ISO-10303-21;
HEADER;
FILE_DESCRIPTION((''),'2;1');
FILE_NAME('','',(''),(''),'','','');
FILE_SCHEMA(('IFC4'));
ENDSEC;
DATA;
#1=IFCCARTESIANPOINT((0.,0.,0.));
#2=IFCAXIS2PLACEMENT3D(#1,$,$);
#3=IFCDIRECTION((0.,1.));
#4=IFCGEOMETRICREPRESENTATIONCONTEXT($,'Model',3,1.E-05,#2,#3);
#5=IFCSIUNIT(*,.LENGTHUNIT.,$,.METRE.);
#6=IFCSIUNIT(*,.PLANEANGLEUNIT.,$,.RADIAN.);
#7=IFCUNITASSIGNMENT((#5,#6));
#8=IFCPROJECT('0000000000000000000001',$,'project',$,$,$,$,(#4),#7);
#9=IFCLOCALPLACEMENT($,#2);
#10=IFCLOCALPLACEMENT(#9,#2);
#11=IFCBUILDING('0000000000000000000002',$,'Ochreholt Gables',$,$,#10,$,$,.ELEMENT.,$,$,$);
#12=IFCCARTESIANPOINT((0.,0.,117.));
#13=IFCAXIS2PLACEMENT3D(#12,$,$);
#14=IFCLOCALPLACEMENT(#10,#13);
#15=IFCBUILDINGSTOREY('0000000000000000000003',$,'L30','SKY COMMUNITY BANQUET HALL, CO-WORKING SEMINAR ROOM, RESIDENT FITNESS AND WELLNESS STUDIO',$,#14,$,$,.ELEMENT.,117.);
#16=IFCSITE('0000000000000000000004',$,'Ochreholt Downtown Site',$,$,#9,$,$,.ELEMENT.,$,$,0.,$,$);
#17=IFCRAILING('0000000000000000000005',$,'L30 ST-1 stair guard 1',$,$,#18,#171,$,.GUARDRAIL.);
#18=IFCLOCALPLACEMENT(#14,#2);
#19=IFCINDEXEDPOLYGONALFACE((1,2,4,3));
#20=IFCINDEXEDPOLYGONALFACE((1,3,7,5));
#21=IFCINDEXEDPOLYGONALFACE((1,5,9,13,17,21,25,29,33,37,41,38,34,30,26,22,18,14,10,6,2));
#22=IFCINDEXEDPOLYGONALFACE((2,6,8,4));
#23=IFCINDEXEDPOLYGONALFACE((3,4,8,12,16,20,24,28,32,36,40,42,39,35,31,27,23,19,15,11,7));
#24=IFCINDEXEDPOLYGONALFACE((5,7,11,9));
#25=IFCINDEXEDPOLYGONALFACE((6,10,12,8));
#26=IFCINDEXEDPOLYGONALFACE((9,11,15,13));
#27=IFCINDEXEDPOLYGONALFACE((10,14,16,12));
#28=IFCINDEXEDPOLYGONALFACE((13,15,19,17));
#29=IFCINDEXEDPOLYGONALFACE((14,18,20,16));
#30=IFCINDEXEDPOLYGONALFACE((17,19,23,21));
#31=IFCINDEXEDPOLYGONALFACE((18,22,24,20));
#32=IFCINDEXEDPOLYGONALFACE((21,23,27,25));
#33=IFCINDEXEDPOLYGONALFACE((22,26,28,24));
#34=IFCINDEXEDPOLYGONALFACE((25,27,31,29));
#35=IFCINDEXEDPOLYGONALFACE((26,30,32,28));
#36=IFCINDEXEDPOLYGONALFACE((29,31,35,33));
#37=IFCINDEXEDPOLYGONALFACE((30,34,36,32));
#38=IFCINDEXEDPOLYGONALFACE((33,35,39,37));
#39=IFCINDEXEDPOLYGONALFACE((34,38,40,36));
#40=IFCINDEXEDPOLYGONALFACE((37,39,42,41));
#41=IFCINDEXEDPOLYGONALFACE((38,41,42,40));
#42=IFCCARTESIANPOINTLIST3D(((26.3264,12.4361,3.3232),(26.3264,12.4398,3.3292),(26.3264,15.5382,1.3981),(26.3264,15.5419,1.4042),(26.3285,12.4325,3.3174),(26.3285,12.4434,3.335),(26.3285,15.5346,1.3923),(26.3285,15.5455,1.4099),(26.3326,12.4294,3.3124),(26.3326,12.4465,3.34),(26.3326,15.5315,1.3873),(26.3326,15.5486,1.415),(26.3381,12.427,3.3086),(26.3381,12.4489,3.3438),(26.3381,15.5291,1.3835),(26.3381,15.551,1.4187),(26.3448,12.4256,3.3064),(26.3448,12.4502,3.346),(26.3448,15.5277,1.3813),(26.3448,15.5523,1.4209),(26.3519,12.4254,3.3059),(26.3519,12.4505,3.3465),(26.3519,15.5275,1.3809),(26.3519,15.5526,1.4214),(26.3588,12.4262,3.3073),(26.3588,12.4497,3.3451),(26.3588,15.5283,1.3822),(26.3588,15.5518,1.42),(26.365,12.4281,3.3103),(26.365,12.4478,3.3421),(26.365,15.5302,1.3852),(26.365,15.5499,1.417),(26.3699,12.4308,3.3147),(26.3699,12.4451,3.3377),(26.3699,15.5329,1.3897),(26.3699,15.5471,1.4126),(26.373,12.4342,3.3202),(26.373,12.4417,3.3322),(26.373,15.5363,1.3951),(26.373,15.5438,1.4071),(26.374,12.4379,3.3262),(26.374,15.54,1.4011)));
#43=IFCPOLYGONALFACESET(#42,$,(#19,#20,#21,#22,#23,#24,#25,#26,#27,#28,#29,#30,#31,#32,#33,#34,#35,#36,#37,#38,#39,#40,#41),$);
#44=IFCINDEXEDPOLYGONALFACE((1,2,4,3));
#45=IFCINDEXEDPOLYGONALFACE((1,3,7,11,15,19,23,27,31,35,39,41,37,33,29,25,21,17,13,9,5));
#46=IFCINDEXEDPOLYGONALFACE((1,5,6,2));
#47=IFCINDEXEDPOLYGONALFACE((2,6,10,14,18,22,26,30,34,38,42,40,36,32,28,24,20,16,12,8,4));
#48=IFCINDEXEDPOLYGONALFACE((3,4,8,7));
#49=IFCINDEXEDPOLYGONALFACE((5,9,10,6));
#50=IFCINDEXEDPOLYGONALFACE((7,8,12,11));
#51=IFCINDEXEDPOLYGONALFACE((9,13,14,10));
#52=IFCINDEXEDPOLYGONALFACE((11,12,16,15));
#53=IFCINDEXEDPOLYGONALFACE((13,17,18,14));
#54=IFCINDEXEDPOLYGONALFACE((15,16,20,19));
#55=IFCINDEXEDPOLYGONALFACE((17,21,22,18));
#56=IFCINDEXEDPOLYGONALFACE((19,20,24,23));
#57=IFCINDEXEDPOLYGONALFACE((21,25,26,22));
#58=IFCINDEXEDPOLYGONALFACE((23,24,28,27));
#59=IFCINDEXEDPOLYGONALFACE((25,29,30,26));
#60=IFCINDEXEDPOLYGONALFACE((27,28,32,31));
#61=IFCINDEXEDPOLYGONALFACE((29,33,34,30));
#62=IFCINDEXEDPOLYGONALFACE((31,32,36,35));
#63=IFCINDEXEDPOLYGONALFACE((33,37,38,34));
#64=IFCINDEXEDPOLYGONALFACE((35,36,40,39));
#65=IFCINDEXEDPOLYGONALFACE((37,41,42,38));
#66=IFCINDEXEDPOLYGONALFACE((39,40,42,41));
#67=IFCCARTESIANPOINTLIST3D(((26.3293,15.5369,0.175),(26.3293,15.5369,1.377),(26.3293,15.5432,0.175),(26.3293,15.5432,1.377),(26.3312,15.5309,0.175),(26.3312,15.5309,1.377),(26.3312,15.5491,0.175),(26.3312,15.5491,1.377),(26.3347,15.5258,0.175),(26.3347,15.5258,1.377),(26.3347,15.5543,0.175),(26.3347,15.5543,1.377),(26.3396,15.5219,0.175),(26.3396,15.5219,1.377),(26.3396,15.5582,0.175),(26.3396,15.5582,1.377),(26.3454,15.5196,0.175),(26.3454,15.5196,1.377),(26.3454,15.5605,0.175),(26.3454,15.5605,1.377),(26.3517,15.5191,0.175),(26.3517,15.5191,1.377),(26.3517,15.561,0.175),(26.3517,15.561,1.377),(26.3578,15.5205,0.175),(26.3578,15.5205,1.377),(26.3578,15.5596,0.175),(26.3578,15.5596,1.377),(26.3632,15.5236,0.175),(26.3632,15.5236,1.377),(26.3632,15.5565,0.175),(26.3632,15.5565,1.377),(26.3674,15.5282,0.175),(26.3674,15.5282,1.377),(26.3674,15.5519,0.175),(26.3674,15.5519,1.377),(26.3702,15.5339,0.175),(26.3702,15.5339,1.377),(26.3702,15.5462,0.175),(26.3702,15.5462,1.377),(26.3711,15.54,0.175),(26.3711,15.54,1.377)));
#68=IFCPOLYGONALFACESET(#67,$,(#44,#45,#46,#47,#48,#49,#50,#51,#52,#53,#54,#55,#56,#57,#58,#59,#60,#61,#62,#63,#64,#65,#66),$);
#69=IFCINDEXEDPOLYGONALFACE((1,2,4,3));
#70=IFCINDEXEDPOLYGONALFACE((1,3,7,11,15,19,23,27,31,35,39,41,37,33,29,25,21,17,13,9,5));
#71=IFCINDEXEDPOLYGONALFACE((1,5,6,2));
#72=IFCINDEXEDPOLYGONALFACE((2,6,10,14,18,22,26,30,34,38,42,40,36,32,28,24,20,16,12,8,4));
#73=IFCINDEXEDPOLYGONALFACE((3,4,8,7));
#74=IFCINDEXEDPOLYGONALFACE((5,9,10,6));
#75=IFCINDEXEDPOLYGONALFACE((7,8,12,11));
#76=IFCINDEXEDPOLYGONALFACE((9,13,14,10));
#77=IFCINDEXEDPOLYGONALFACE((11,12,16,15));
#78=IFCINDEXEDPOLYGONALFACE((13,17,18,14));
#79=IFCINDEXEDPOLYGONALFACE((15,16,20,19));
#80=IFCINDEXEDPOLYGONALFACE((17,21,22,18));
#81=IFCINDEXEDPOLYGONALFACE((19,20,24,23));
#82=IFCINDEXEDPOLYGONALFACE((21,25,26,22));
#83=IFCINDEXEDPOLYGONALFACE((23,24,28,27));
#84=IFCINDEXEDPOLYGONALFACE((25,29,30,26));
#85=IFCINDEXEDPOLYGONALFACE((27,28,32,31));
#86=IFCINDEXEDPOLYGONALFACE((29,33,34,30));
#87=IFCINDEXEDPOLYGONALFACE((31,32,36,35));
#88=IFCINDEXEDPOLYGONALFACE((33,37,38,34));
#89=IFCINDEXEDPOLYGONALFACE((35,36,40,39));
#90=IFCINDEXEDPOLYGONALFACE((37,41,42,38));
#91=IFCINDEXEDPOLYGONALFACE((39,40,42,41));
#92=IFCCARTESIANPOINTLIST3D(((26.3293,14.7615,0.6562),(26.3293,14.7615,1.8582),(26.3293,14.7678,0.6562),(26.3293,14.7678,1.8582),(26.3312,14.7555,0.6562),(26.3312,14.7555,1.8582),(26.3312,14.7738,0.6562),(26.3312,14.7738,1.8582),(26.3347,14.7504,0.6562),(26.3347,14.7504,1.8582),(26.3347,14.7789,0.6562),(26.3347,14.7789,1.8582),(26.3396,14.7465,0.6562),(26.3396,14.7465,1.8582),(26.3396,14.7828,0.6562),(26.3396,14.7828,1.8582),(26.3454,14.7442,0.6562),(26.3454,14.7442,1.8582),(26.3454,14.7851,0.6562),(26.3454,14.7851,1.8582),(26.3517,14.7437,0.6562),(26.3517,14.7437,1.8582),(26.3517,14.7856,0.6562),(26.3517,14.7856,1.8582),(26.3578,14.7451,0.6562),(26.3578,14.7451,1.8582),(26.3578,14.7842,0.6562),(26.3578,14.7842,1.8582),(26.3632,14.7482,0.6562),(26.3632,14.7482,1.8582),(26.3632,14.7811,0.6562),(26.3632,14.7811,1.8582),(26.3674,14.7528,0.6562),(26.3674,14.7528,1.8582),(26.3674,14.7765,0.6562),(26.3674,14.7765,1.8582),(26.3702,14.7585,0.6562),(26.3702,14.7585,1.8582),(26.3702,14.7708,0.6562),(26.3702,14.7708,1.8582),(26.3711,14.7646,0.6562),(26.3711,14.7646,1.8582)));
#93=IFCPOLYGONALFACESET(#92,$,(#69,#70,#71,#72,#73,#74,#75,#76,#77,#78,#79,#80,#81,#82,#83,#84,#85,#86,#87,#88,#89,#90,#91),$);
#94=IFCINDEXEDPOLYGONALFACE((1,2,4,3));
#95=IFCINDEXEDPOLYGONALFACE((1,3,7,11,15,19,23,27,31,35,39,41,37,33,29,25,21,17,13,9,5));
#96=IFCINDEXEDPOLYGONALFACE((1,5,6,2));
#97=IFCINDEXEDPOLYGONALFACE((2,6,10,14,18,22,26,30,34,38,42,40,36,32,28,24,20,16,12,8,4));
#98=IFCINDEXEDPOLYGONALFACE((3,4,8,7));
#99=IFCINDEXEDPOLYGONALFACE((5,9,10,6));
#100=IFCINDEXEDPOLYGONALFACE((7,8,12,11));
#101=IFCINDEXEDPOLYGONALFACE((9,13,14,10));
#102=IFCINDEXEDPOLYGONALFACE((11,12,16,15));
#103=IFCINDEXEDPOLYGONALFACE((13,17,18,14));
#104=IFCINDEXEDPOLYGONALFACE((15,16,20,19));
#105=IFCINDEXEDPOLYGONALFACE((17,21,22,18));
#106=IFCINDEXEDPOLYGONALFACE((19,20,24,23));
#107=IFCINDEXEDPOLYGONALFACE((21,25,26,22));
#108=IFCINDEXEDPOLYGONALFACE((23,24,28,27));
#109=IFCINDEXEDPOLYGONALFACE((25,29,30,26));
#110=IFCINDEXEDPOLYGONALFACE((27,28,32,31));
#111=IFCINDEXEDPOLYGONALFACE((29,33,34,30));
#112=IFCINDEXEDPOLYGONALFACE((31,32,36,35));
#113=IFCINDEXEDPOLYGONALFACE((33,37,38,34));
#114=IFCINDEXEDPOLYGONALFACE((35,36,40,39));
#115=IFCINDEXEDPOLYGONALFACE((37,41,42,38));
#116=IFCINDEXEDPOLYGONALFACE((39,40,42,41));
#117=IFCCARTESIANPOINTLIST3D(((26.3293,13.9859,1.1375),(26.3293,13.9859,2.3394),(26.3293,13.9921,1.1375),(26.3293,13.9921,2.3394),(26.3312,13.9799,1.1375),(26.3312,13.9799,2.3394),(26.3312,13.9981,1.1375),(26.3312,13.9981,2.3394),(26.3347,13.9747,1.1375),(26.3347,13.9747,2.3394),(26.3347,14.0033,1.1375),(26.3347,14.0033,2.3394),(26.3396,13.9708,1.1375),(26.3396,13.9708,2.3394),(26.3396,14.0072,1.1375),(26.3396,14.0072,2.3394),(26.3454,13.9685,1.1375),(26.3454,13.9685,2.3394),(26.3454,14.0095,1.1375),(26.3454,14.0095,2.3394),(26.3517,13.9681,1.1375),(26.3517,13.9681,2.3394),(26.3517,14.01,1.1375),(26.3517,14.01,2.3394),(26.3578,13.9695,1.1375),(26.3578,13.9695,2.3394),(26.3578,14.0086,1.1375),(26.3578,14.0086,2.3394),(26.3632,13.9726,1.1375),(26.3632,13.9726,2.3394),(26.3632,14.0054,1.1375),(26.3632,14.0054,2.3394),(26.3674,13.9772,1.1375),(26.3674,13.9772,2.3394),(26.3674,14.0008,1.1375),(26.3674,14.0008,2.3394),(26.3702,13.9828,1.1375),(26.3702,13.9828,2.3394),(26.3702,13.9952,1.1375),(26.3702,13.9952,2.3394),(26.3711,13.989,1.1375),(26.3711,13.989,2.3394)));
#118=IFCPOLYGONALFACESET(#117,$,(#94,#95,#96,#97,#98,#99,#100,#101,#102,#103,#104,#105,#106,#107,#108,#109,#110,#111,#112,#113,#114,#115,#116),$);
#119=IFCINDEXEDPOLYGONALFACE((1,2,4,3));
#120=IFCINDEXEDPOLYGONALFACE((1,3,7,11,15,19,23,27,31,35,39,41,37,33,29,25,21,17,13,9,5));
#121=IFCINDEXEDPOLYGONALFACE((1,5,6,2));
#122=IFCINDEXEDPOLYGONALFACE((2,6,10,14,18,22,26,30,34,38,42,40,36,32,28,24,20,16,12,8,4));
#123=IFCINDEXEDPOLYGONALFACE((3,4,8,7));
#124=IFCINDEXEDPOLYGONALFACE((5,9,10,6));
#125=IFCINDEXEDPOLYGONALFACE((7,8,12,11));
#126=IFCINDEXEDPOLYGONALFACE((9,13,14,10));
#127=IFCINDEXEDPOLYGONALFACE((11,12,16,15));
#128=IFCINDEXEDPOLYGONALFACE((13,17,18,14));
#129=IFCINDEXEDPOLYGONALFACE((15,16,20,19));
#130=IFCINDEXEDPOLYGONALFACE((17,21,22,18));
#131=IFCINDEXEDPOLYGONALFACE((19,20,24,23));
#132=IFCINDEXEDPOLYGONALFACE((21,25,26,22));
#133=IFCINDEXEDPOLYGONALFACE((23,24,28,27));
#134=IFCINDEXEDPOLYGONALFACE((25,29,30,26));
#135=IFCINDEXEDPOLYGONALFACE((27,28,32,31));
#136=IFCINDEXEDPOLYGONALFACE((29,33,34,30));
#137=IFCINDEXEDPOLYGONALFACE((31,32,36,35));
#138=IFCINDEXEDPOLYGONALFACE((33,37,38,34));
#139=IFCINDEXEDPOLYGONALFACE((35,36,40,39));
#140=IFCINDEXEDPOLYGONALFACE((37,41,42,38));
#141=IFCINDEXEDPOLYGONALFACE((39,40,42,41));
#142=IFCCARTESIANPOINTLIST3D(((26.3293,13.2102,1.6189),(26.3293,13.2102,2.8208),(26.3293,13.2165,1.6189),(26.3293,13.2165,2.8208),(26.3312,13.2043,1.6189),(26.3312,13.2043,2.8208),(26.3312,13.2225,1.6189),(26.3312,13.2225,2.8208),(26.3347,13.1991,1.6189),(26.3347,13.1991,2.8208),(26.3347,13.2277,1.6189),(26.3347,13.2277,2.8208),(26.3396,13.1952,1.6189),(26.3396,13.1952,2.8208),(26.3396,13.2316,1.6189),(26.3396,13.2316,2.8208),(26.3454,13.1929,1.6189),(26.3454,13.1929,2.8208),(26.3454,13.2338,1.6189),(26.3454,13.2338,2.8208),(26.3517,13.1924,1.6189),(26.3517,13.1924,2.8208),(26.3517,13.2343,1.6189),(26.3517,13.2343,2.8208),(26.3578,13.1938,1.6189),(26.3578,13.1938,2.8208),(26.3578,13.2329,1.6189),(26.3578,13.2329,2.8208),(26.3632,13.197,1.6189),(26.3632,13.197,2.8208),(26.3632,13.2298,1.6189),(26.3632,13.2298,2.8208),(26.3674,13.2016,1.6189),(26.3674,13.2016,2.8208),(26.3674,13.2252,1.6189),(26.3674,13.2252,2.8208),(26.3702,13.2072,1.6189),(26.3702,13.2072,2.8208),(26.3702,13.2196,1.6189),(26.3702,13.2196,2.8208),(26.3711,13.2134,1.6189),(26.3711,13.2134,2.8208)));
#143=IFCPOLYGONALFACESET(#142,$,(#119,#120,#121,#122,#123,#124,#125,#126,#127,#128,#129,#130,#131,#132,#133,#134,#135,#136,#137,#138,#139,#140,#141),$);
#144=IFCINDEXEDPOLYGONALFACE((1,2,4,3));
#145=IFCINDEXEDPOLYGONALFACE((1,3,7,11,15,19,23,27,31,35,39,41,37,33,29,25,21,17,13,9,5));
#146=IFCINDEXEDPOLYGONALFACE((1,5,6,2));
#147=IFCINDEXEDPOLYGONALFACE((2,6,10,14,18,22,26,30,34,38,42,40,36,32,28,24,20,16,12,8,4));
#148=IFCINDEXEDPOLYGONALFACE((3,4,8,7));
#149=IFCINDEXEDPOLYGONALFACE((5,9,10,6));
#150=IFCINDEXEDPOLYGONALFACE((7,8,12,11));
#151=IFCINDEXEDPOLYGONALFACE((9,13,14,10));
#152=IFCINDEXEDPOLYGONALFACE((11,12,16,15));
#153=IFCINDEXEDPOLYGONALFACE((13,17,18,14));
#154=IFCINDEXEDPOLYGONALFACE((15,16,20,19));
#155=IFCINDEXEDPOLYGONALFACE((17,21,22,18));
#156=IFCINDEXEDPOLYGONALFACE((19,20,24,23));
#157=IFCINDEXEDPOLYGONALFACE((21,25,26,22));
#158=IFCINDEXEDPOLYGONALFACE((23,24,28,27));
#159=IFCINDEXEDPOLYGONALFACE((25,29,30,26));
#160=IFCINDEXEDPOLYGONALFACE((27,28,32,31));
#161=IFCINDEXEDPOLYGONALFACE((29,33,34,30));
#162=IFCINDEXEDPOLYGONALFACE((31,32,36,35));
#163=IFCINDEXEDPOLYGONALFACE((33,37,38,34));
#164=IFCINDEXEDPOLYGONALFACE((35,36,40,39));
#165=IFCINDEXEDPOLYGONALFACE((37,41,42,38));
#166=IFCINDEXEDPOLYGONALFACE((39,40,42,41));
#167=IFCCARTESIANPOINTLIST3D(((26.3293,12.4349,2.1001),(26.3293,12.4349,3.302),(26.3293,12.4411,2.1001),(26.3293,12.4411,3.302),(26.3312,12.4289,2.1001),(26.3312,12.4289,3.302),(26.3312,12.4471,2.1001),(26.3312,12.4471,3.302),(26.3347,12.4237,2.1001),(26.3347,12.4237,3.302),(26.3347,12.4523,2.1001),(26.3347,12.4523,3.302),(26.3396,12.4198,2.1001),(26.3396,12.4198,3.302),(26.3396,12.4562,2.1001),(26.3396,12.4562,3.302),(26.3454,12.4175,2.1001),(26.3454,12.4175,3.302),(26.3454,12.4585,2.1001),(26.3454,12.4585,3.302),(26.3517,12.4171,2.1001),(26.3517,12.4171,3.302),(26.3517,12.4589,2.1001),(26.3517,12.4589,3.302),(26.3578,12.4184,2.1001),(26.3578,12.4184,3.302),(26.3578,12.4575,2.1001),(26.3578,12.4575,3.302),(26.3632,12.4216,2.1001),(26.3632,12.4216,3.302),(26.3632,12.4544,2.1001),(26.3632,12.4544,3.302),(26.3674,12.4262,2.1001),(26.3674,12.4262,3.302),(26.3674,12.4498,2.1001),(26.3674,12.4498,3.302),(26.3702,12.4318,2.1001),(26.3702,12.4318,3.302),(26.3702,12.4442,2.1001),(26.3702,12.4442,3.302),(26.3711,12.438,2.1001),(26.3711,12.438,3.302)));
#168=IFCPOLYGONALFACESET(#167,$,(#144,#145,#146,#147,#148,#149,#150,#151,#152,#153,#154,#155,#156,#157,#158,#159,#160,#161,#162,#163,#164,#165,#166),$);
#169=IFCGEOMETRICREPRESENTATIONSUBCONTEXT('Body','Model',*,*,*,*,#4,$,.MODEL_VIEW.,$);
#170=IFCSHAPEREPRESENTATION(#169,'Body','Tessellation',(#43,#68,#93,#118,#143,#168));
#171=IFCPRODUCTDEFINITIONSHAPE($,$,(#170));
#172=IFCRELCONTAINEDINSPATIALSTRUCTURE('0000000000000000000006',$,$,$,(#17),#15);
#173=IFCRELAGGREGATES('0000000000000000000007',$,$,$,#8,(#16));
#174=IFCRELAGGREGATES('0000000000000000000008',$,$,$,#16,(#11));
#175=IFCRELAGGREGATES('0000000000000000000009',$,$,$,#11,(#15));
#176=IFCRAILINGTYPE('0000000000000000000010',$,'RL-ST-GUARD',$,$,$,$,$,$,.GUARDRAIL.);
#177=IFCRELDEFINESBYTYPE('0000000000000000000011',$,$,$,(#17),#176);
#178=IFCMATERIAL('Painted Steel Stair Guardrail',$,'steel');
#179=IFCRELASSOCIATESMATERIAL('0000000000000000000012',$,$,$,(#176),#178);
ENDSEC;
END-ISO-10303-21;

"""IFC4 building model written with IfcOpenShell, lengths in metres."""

from ifc_helpers import new_model, si_unit, direction, frame, origin, origin_2d, place, context, subcontext, project, spatial, circle, extrude, material, type_object, element, save


model = new_model("IFC4")

# Units and contexts
model_context = context("Model", 3, precision=1e-05, world=origin(), true_north=direction((0.0, 1.0)))
body_context = subcontext(model_context, "Body", "Model", "MODEL_VIEW")
ifc_project = project(units=[si_unit("LENGTHUNIT", "METRE"), si_unit("PLANEANGLEUNIT", "RADIAN")], contexts=[model_context])

# Site, building, storey
site_placement = place(None, origin())
site = spatial("IfcSite", under=ifc_project, at=site_placement, Name="Ochreholt Downtown Site", CompositionType="ELEMENT", RefElevation=0.0)
building_placement = place(site_placement, origin())
building = spatial("IfcBuilding", under=site, at=building_placement, Name="Ochreholt Gables", CompositionType="ELEMENT")
storey_placement = place(building_placement, frame((0.0, 0.0, 117.0)))
storey = spatial("IfcBuildingStorey", under=building, at=storey_placement, Name="L30", Description="SKY COMMUNITY BANQUET HALL, CO-WORKING SEMINAR ROOM, RESIDENT FITNESS AND WELLNESS STUDIO", CompositionType="ELEMENT", Elevation=117.0)

# Railing
ifc_material_1 = material(Name="Painted Steel Stair Guardrail", Category="steel")
railing_type_1 = type_object("IfcRailingType", Name="RL-ST-GUARD", PredefinedType="GUARDRAIL", material=ifc_material_1)
railing_1_placement = place(storey_placement, frame((26.3501, 15.54, 0.175)))
element("IfcRailing", 1, at=railing_1_placement, inside=storey, type_object=railing_type_1, Name="L30 ST-1 stair guard 1", PredefinedType="GUARDRAIL", context=body_context, shape_type="SweptSolid", body=[
    extrude(circle(Radius=0.0239, at=origin_2d()), frame((0.0, 0.0, 1.2261), z_axis=(0.0, -0.849685, 0.527291), x_axis=(1.0, 0.0, 0.0)), (0.0, 0.0, 1.0), 3.6509),
    extrude(circle(Radius=0.021, at=origin_2d()), origin(), (0.0, 0.0, 1.0), 1.2019),
    extrude(circle(Radius=0.021, at=origin_2d()), frame((0.0, -0.7754, 0.4812)), (0.0, 0.0, 1.0), 1.2019),
    extrude(circle(Radius=0.021, at=origin_2d()), frame((0.0, -1.551, 0.9624)), (0.0, 0.0, 1.0), 1.2019),
    extrude(circle(Radius=0.021, at=origin_2d()), frame((0.0, -2.3267, 1.4438)), (0.0, 0.0, 1.0), 1.2019),
    extrude(circle(Radius=0.021, at=origin_2d()), frame((0.0, -3.1021, 1.925)), (0.0, 0.0, 1.0), 1.2019),
])

save(model, "model.ifc")
